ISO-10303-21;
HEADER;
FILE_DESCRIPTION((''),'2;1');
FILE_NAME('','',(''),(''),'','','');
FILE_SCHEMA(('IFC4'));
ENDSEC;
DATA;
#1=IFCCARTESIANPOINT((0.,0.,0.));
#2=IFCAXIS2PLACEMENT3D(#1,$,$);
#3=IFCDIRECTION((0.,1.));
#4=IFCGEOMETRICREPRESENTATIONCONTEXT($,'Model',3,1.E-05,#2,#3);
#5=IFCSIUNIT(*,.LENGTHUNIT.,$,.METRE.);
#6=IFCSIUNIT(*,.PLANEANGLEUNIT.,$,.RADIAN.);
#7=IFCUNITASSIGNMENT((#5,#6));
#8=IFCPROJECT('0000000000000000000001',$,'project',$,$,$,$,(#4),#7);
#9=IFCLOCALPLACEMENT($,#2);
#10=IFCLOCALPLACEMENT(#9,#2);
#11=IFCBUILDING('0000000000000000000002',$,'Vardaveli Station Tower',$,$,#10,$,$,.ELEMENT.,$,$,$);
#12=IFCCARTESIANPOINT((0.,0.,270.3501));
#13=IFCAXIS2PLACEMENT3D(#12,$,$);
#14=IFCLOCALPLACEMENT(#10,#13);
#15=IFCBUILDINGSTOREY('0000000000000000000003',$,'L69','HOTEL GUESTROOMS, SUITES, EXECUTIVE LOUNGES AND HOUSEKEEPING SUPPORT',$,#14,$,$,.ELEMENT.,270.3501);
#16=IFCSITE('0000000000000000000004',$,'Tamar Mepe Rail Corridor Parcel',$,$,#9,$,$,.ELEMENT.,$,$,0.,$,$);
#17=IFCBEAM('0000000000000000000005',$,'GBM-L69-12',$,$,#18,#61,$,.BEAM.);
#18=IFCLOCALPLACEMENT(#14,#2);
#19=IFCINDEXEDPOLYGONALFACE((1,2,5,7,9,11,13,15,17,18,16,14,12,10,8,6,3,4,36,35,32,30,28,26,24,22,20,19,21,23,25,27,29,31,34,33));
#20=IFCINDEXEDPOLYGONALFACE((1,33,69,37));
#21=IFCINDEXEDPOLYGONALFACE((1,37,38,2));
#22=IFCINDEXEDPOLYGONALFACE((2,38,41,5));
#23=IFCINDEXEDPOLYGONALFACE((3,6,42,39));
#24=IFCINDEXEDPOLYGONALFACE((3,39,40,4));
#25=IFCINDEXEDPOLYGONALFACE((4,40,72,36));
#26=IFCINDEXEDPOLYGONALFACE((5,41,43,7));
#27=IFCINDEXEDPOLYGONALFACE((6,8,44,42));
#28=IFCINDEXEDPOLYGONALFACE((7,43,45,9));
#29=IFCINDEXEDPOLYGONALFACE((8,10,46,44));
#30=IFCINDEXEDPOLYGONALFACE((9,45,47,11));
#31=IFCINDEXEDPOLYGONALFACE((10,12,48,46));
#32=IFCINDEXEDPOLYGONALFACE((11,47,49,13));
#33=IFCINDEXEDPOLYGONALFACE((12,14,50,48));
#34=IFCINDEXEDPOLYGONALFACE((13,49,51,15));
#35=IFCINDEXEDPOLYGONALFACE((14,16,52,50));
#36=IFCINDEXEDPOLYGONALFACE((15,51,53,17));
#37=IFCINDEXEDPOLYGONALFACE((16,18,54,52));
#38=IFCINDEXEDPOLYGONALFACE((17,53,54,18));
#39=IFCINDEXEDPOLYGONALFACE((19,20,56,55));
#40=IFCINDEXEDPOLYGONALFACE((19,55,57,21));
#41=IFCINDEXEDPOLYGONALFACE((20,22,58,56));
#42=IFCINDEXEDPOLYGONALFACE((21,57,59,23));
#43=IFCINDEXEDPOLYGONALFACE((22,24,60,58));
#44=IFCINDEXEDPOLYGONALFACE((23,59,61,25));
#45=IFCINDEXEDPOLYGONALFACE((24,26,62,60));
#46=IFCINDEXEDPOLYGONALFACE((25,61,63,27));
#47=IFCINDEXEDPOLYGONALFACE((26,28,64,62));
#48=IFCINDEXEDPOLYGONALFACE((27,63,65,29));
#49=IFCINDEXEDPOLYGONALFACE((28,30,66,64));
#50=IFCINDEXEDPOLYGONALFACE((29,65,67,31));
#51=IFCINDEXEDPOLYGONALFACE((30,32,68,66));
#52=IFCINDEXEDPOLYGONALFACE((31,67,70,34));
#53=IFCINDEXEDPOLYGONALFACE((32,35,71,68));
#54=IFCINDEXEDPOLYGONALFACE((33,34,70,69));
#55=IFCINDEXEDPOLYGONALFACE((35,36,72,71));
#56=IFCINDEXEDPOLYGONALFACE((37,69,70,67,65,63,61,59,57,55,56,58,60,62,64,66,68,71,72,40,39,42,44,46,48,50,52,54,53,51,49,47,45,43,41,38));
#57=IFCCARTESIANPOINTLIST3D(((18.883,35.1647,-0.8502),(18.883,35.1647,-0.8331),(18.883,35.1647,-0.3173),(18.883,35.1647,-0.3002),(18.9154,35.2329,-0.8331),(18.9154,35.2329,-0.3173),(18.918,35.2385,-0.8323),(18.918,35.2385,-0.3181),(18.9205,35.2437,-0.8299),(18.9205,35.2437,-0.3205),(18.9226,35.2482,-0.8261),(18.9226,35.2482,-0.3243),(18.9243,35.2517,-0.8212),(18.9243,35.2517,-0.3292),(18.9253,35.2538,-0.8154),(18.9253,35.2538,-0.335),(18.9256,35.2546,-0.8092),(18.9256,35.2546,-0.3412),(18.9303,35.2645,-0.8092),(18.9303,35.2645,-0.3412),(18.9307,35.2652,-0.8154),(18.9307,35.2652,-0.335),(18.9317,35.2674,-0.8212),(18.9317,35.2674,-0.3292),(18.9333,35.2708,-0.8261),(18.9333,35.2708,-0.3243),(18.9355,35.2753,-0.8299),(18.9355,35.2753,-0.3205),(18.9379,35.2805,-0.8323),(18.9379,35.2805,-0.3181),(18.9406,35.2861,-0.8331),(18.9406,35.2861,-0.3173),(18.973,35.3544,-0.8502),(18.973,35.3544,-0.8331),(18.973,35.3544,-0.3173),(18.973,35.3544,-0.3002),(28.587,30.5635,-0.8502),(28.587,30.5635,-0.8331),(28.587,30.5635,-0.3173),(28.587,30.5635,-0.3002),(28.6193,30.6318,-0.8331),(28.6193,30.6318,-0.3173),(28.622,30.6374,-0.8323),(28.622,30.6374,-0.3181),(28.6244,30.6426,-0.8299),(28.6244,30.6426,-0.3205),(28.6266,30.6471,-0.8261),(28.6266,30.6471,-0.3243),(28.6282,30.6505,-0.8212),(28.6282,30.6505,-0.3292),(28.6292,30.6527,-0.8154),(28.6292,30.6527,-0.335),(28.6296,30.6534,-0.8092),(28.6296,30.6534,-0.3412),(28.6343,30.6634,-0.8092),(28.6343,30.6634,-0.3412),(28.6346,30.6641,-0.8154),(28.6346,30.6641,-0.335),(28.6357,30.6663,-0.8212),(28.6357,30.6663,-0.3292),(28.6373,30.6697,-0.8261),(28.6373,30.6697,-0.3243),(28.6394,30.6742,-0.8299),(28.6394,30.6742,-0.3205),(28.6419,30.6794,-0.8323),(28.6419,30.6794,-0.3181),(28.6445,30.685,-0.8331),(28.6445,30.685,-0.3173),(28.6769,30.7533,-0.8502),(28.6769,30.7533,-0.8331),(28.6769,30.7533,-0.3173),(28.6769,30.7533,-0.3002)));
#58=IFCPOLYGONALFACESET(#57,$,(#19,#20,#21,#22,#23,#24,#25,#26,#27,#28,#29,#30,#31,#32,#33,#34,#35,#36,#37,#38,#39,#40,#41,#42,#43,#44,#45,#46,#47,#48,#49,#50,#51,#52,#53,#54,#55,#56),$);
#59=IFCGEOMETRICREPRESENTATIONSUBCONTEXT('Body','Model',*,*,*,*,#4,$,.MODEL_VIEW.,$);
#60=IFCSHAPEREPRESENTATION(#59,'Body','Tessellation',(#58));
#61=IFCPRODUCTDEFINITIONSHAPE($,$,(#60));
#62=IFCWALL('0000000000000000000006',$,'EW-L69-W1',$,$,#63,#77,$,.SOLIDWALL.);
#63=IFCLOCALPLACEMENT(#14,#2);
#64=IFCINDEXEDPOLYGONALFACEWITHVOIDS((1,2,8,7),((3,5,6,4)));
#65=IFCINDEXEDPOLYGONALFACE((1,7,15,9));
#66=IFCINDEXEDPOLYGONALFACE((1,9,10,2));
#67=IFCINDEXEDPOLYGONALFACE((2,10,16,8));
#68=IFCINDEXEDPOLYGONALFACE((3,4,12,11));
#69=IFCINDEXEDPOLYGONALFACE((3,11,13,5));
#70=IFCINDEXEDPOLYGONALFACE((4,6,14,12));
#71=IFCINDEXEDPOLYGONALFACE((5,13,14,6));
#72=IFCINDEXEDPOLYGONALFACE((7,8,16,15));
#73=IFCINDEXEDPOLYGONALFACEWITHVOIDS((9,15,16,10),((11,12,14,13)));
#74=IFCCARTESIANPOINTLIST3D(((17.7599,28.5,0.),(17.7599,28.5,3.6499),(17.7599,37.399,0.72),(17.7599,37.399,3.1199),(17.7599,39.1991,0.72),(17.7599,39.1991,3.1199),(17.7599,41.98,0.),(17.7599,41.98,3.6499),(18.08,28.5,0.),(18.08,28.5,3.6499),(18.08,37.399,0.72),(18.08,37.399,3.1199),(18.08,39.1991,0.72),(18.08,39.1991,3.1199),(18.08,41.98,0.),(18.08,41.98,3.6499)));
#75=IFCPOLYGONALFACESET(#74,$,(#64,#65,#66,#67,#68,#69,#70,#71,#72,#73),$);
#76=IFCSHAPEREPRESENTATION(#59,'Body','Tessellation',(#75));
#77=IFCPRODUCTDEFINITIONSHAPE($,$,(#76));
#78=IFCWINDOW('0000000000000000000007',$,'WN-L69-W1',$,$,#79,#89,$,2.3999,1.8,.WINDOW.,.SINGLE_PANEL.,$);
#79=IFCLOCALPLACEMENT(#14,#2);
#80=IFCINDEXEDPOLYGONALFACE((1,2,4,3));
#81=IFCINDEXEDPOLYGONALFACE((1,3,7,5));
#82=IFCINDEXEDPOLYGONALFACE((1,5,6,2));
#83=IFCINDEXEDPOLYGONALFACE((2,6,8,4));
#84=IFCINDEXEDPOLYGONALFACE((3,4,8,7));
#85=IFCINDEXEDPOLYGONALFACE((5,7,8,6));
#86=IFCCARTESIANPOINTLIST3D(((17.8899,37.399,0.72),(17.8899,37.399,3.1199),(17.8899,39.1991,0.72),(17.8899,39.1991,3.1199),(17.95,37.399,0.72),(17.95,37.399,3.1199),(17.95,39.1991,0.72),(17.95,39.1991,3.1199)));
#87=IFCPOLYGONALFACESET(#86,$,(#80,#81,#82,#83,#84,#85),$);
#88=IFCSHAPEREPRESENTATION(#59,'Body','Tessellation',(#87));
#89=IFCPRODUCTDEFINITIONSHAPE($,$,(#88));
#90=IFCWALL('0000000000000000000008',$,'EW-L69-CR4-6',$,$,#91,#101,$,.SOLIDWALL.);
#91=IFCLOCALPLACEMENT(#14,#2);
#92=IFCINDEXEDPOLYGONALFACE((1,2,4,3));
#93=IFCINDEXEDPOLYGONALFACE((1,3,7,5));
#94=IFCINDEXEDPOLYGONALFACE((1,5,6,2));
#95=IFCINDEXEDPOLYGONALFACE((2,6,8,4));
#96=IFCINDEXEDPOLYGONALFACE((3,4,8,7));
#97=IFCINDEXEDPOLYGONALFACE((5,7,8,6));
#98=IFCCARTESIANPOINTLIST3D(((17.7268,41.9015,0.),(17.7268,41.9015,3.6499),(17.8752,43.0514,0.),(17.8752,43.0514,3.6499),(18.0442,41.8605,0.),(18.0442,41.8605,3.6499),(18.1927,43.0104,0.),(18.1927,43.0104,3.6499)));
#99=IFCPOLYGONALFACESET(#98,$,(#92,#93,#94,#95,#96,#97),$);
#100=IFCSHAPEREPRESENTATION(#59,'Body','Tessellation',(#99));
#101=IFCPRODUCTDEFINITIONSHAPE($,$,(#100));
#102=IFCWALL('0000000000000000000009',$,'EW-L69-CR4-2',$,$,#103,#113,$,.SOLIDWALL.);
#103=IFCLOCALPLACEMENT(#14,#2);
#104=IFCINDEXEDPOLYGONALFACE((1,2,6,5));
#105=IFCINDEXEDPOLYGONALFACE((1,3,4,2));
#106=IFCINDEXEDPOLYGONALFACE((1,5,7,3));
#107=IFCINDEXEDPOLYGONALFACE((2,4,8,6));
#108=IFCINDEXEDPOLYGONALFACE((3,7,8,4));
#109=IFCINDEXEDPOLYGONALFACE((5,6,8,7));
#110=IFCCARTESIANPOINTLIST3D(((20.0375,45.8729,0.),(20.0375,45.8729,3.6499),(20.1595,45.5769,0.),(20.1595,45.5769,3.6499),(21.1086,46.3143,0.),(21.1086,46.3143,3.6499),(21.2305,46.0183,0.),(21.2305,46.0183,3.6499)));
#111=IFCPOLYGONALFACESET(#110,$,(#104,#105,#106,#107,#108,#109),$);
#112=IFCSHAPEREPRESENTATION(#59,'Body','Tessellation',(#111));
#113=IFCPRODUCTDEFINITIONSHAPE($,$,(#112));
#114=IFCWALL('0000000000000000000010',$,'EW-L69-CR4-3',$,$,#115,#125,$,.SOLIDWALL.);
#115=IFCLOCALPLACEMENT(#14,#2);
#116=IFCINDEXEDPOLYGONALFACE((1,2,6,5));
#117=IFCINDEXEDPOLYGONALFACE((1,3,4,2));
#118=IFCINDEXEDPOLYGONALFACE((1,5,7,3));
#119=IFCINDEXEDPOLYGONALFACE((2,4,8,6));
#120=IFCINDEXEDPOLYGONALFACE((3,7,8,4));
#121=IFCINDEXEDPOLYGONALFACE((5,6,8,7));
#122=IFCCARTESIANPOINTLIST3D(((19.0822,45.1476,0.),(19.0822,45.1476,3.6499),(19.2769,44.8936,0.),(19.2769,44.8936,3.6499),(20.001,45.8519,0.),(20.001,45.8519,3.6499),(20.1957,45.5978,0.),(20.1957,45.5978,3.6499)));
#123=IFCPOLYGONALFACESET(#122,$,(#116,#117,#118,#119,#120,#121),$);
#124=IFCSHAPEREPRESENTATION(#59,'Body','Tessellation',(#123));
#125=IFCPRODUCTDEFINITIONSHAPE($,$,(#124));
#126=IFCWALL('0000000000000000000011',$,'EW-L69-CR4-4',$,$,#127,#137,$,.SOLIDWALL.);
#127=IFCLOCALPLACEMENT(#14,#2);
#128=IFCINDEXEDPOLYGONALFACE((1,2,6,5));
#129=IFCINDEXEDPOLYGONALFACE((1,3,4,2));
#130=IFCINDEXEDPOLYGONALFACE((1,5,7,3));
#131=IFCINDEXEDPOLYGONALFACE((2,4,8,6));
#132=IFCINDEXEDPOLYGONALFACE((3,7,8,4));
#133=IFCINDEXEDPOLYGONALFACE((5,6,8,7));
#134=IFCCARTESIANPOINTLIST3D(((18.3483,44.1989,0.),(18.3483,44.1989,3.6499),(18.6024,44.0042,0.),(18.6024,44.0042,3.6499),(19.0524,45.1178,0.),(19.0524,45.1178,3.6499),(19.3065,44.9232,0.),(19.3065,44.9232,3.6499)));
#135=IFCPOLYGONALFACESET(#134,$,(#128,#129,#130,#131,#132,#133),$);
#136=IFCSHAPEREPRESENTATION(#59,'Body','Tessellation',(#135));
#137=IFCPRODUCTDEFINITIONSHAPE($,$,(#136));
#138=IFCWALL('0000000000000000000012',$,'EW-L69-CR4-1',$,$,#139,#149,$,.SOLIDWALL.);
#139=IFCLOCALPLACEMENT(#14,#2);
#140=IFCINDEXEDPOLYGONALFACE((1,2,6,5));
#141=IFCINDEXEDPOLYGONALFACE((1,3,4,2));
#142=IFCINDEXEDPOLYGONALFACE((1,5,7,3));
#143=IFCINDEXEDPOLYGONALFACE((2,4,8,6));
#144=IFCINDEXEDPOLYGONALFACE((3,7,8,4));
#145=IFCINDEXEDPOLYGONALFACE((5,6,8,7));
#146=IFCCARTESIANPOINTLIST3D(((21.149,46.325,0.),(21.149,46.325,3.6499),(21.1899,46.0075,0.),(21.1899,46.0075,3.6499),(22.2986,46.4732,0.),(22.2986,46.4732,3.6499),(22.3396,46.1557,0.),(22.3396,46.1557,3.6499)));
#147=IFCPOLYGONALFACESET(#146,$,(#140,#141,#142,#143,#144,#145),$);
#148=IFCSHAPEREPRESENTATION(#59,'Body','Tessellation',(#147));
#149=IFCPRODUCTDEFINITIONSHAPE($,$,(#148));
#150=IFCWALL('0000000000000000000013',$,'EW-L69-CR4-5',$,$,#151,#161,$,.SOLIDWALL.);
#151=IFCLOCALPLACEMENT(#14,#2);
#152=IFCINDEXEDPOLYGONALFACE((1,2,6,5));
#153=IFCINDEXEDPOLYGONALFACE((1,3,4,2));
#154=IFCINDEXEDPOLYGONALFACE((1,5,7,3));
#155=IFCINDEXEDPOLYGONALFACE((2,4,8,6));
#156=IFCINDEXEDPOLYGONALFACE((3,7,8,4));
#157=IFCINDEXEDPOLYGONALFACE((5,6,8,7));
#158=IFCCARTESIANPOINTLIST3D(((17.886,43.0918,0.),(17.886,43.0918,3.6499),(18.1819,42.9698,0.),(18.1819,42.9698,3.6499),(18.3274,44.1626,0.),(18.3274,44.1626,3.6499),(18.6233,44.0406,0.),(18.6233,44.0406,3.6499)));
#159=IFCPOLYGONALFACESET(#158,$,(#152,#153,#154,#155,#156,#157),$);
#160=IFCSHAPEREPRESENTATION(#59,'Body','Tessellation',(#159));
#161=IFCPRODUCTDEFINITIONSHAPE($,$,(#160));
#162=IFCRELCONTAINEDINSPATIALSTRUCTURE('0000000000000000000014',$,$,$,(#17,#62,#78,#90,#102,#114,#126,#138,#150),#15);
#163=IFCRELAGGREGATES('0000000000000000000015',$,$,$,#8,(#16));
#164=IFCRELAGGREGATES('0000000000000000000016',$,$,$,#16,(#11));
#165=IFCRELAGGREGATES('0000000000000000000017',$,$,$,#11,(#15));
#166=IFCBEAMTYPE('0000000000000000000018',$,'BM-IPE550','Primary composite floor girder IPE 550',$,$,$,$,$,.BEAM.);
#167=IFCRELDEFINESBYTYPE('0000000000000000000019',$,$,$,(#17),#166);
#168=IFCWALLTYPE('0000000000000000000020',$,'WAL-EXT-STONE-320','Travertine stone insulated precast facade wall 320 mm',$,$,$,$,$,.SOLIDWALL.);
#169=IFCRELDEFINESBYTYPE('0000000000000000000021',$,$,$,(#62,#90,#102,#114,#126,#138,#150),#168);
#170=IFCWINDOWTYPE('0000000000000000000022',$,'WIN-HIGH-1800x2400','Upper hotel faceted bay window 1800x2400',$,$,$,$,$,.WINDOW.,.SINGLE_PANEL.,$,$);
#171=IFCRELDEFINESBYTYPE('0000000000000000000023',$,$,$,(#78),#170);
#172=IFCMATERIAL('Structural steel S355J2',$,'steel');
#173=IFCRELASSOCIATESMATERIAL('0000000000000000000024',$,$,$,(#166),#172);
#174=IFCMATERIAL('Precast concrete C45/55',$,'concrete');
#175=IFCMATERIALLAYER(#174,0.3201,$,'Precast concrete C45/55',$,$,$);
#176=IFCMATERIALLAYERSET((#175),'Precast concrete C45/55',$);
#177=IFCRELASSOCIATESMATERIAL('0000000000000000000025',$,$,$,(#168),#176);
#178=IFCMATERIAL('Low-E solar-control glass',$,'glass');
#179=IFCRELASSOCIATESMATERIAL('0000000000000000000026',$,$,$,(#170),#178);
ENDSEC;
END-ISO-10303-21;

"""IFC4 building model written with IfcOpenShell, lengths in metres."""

from ifc_helpers import new_model, si_unit, direction, frame, frame_2d, origin, origin_2d, place, context, subcontext, project, spatial, rectangle, i_section, extrude, source, transform, mapped, material, layer, layer_set, material_profile, profile_set, type_object, element, fill, save


model = new_model("IFC4")

# Units and contexts
model_context = context("Model", 3, precision=1e-05, world=origin(), true_north=direction((0.0, 1.0)))
body_context = subcontext(model_context, "Body", "Model", "MODEL_VIEW")
ifc_project = project(units=[si_unit("LENGTHUNIT", "METRE"), si_unit("PLANEANGLEUNIT", "RADIAN")], contexts=[model_context])

# Site, building, storey
site_placement = place(None, origin())
site = spatial("IfcSite", under=ifc_project, at=site_placement, Name="Tamar Mepe Rail Corridor Parcel", CompositionType="ELEMENT", RefElevation=0.0)
building_placement = place(site_placement, origin())
building = spatial("IfcBuilding", under=site, at=building_placement, Name="Vardaveli Station Tower", CompositionType="ELEMENT")
storey_placement = place(building_placement, frame((0.0, 0.0, 270.3501)))
storey = spatial("IfcBuildingStorey", under=building, at=storey_placement, Name="L69", Description="HOTEL GUESTROOMS, SUITES, EXECUTIVE LOUNGES AND HOUSEKEEPING SUPPORT", CompositionType="ELEMENT", Elevation=270.3501)

# Beam
ifc_material_1 = material(Name="Precast concrete C45/55", Category="concrete")
ifc_material_2 = material(Name="Structural steel S355J2", Category="steel")
ifc_material_profile_1 = material_profile(ifc_material_2, i_section(OverallWidth=0.21, OverallDepth=0.55, WebThickness=0.011, FlangeThickness=0.0171, FilletRadius=0.0239, at=origin_2d()), Name="IPE 550")
ifc_profile_set_1 = profile_set([ifc_material_profile_1], Name="Structural steel S355J2")
beam_type_1 = type_object("IfcBeamType", Name="BM-IPE550", Description="Primary composite floor girder IPE 550", PredefinedType="BEAM", material=ifc_profile_set_1)
shared_shape_1 = source(origin(), body_context, "Body", "SweptSolid", [
    extrude(i_section(OverallWidth=0.21, OverallDepth=0.55, WebThickness=0.011, FlangeThickness=0.0171, FilletRadius=0.0239, at=origin_2d()), origin(), (0.0, 0.0, 1.0), 10.7395),
])
beam_1_placement = place(storey_placement, frame((18.928, 35.2595, -0.5752), z_axis=(0.903575, -0.428429, 0.0), x_axis=(0.428429, 0.903575, 0.0)))
element("IfcBeam", 1, at=beam_1_placement, inside=storey, type_object=beam_type_1, Name="GBM-L69-12", PredefinedType="BEAM", context=body_context, shape_type="MappedRepresentation", body=[
    mapped(shared_shape_1, transform((0.0, 0.0, 0.0), scale=1.0)),
])

# Wall, opening, window
ifc_layer_1 = layer(ifc_material_1, 0.3201, Name="Precast concrete C45/55")
ifc_layer_set_1 = layer_set([ifc_layer_1], Name="Precast concrete C45/55")
wall_type_1 = type_object("IfcWallType", Name="WAL-EXT-STONE-320", Description="Travertine stone insulated precast facade wall 320 mm", PredefinedType="SOLIDWALL", material=ifc_layer_set_1)
shared_shape_2 = source(origin(), body_context, "Body", "SweptSolid", [
    extrude(rectangle(XDim=13.48, YDim=0.3201, at=frame_2d((6.74, 0.0))), origin(), (0.0, 0.0, 1.0), 3.6499),
])
wall_1_placement = place(storey_placement, frame((17.9199, 41.98, 0.0), z_axis=(0.0, 0.0, 1.0), x_axis=(0.0, -1.0, 0.0)))
wall_1 = element("IfcWall", 2, at=wall_1_placement, inside=storey, type_object=wall_type_1, Name="EW-L69-W1", PredefinedType="SOLIDWALL", context=body_context, shape_type="MappedRepresentation", body=[
    mapped(shared_shape_2, transform((0.0, 0.0, 0.0), scale=1.0)),
])
shared_shape_3 = source(origin(), body_context, "Body", "SweptSolid", [
    extrude(rectangle(XDim=1.8, YDim=2.3999, at=frame_2d((0.8999, 1.2))), frame((0.0, 0.1699, 0.0), z_axis=(0.0, -1.0, 0.0), x_axis=(1.0, 0.0, 0.0)), (0.0, 0.0, 1.0), 0.3401),
])
opening_1_placement = place(wall_1_placement, frame((2.781, 0.0, 0.72)))
opening_1 = element("IfcOpeningElement", 3, at=opening_1_placement, cuts=wall_1, PredefinedType="OPENING", context=body_context, shape_type="MappedRepresentation", body=[
    mapped(shared_shape_3, transform((0.0, 0.0, 0.0), scale=1.0)),
])
ifc_material_3 = material(Name="Low-E solar-control glass", Category="glass")
window_type = type_object("IfcWindowType", Name="WIN-HIGH-1800x2400", Description="Upper hotel faceted bay window 1800x2400", PartitioningType="SINGLE_PANEL", PredefinedType="WINDOW", material=ifc_material_3)
shared_shape_4 = source(origin(), body_context, "Body", "SweptSolid", [
    extrude(rectangle(XDim=1.8, YDim=2.3999, at=frame_2d((0.8999, 1.2))), frame((0.0, 0.03, 0.0), z_axis=(0.0, -1.0, 0.0), x_axis=(1.0, 0.0, 0.0)), (0.0, 0.0, 1.0), 0.0601),
])
window_placement = place(opening_1_placement, origin())
window = element("IfcWindow", 4, at=window_placement, inside=storey, type_object=window_type, Name="WN-L69-W1", OverallHeight=2.3999, OverallWidth=1.8, PartitioningType="SINGLE_PANEL", PredefinedType="WINDOW", context=body_context, shape_type="MappedRepresentation", body=[
    mapped(shared_shape_4, transform((0.0, 0.0, 0.0), scale=1.0)),
])
fill(opening_1, window)

# Walls
shared_shape_5 = source(origin(), body_context, "Body", "SweptSolid", [
    extrude(rectangle(XDim=1.1594, YDim=0.3201, at=frame_2d((0.5796, 0.0))), origin(), (0.0, 0.0, 1.0), 3.6499),
])
wall_2_placement = place(storey_placement, frame((18.0339, 43.0308, 0.0), z_axis=(0.0, 0.0, 1.0), x_axis=(-0.128025, -0.991771, 0.0)))
element("IfcWall", 5, at=wall_2_placement, inside=storey, type_object=wall_type_1, Name="EW-L69-CR4-6", PredefinedType="SOLIDWALL", context=body_context, shape_type="MappedRepresentation", body=[
    mapped(shared_shape_5, transform((0.0, 0.0, 0.0), scale=1.0)),
])
shared_shape_6 = source(origin(), body_context, "Body", "SweptSolid", [
    extrude(rectangle(XDim=1.1584, YDim=0.3201, at=frame_2d((0.5791, 0.0))), origin(), (0.0, 0.0, 1.0), 3.6499),
])
wall_3_placement = place(storey_placement, frame((21.1694, 46.1663, 0.0), z_axis=(0.0, 0.0, 1.0), x_axis=(-0.92456, -0.381036, 0.0)))
element("IfcWall", 6, at=wall_3_placement, inside=storey, type_object=wall_type_1, Name="EW-L69-CR4-2", PredefinedType="SOLIDWALL", context=body_context, shape_type="MappedRepresentation", body=[
    mapped(shared_shape_6, transform((0.0, 0.0, 0.0), scale=1.0)),
])
shared_shape_7 = source(origin(), body_context, "Body", "SweptSolid", [
    extrude(rectangle(XDim=1.1577, YDim=0.3201, at=frame_2d((0.5789, 0.0))), origin(), (0.0, 0.0, 1.0), 3.6499),
])
for number, where, z_axis, x_axis, name in (
    (7, (20.0984, 45.7249, 0.0), (0.0, 0.0, 1.0), (-0.793681, -0.608334, 0.0), "EW-L69-CR4-3"),
    (8, (19.1794, 45.0205, 0.0), (0.0, 0.0, 1.0), (-0.608201, -0.793783, 0.0), "EW-L69-CR4-4"),
):
    element("IfcWall", number, at=place(storey_placement, frame(where, z_axis=z_axis, x_axis=x_axis)), inside=storey, type_object=wall_type_1, Name=name, PredefinedType="SOLIDWALL", context=body_context, shape_type="MappedRepresentation", body=[
        mapped(shared_shape_7, transform((0.0, 0.0, 0.0), scale=1.0)),
    ])
shared_shape_8 = source(origin(), body_context, "Body", "SweptSolid", [
    extrude(rectangle(XDim=1.1592, YDim=0.3201, at=frame_2d((0.5796, 0.0))), origin(), (0.0, 0.0, 1.0), 3.6499),
])
wall_4_placement = place(storey_placement, frame((22.3191, 46.3145, 0.0), z_axis=(0.0, 0.0, 1.0), x_axis=(-0.991794, -0.127844, 0.0)))
element("IfcWall", 9, at=wall_4_placement, inside=storey, type_object=wall_type_1, Name="EW-L69-CR4-1", PredefinedType="SOLIDWALL", context=body_context, shape_type="MappedRepresentation", body=[
    mapped(shared_shape_8, transform((0.0, 0.0, 0.0), scale=1.0)),
])
shared_shape_9 = source(origin(), body_context, "Body", "SweptSolid", [
    extrude(rectangle(XDim=1.1582, YDim=0.3201, at=frame_2d((0.5791, 0.0))), origin(), (0.0, 0.0, 1.0), 3.6499),
])
wall_5_placement = place(storey_placement, frame((18.4753, 44.1016, 0.0), z_axis=(0.0, 0.0, 1.0), x_axis=(-0.38111, -0.92453, 0.0)))
element("IfcWall", 10, at=wall_5_placement, inside=storey, type_object=wall_type_1, Name="EW-L69-CR4-5", PredefinedType="SOLIDWALL", context=body_context, shape_type="MappedRepresentation", body=[
    mapped(shared_shape_9, transform((0.0, 0.0, 0.0), scale=1.0)),
])

save(model, "model.ifc")
